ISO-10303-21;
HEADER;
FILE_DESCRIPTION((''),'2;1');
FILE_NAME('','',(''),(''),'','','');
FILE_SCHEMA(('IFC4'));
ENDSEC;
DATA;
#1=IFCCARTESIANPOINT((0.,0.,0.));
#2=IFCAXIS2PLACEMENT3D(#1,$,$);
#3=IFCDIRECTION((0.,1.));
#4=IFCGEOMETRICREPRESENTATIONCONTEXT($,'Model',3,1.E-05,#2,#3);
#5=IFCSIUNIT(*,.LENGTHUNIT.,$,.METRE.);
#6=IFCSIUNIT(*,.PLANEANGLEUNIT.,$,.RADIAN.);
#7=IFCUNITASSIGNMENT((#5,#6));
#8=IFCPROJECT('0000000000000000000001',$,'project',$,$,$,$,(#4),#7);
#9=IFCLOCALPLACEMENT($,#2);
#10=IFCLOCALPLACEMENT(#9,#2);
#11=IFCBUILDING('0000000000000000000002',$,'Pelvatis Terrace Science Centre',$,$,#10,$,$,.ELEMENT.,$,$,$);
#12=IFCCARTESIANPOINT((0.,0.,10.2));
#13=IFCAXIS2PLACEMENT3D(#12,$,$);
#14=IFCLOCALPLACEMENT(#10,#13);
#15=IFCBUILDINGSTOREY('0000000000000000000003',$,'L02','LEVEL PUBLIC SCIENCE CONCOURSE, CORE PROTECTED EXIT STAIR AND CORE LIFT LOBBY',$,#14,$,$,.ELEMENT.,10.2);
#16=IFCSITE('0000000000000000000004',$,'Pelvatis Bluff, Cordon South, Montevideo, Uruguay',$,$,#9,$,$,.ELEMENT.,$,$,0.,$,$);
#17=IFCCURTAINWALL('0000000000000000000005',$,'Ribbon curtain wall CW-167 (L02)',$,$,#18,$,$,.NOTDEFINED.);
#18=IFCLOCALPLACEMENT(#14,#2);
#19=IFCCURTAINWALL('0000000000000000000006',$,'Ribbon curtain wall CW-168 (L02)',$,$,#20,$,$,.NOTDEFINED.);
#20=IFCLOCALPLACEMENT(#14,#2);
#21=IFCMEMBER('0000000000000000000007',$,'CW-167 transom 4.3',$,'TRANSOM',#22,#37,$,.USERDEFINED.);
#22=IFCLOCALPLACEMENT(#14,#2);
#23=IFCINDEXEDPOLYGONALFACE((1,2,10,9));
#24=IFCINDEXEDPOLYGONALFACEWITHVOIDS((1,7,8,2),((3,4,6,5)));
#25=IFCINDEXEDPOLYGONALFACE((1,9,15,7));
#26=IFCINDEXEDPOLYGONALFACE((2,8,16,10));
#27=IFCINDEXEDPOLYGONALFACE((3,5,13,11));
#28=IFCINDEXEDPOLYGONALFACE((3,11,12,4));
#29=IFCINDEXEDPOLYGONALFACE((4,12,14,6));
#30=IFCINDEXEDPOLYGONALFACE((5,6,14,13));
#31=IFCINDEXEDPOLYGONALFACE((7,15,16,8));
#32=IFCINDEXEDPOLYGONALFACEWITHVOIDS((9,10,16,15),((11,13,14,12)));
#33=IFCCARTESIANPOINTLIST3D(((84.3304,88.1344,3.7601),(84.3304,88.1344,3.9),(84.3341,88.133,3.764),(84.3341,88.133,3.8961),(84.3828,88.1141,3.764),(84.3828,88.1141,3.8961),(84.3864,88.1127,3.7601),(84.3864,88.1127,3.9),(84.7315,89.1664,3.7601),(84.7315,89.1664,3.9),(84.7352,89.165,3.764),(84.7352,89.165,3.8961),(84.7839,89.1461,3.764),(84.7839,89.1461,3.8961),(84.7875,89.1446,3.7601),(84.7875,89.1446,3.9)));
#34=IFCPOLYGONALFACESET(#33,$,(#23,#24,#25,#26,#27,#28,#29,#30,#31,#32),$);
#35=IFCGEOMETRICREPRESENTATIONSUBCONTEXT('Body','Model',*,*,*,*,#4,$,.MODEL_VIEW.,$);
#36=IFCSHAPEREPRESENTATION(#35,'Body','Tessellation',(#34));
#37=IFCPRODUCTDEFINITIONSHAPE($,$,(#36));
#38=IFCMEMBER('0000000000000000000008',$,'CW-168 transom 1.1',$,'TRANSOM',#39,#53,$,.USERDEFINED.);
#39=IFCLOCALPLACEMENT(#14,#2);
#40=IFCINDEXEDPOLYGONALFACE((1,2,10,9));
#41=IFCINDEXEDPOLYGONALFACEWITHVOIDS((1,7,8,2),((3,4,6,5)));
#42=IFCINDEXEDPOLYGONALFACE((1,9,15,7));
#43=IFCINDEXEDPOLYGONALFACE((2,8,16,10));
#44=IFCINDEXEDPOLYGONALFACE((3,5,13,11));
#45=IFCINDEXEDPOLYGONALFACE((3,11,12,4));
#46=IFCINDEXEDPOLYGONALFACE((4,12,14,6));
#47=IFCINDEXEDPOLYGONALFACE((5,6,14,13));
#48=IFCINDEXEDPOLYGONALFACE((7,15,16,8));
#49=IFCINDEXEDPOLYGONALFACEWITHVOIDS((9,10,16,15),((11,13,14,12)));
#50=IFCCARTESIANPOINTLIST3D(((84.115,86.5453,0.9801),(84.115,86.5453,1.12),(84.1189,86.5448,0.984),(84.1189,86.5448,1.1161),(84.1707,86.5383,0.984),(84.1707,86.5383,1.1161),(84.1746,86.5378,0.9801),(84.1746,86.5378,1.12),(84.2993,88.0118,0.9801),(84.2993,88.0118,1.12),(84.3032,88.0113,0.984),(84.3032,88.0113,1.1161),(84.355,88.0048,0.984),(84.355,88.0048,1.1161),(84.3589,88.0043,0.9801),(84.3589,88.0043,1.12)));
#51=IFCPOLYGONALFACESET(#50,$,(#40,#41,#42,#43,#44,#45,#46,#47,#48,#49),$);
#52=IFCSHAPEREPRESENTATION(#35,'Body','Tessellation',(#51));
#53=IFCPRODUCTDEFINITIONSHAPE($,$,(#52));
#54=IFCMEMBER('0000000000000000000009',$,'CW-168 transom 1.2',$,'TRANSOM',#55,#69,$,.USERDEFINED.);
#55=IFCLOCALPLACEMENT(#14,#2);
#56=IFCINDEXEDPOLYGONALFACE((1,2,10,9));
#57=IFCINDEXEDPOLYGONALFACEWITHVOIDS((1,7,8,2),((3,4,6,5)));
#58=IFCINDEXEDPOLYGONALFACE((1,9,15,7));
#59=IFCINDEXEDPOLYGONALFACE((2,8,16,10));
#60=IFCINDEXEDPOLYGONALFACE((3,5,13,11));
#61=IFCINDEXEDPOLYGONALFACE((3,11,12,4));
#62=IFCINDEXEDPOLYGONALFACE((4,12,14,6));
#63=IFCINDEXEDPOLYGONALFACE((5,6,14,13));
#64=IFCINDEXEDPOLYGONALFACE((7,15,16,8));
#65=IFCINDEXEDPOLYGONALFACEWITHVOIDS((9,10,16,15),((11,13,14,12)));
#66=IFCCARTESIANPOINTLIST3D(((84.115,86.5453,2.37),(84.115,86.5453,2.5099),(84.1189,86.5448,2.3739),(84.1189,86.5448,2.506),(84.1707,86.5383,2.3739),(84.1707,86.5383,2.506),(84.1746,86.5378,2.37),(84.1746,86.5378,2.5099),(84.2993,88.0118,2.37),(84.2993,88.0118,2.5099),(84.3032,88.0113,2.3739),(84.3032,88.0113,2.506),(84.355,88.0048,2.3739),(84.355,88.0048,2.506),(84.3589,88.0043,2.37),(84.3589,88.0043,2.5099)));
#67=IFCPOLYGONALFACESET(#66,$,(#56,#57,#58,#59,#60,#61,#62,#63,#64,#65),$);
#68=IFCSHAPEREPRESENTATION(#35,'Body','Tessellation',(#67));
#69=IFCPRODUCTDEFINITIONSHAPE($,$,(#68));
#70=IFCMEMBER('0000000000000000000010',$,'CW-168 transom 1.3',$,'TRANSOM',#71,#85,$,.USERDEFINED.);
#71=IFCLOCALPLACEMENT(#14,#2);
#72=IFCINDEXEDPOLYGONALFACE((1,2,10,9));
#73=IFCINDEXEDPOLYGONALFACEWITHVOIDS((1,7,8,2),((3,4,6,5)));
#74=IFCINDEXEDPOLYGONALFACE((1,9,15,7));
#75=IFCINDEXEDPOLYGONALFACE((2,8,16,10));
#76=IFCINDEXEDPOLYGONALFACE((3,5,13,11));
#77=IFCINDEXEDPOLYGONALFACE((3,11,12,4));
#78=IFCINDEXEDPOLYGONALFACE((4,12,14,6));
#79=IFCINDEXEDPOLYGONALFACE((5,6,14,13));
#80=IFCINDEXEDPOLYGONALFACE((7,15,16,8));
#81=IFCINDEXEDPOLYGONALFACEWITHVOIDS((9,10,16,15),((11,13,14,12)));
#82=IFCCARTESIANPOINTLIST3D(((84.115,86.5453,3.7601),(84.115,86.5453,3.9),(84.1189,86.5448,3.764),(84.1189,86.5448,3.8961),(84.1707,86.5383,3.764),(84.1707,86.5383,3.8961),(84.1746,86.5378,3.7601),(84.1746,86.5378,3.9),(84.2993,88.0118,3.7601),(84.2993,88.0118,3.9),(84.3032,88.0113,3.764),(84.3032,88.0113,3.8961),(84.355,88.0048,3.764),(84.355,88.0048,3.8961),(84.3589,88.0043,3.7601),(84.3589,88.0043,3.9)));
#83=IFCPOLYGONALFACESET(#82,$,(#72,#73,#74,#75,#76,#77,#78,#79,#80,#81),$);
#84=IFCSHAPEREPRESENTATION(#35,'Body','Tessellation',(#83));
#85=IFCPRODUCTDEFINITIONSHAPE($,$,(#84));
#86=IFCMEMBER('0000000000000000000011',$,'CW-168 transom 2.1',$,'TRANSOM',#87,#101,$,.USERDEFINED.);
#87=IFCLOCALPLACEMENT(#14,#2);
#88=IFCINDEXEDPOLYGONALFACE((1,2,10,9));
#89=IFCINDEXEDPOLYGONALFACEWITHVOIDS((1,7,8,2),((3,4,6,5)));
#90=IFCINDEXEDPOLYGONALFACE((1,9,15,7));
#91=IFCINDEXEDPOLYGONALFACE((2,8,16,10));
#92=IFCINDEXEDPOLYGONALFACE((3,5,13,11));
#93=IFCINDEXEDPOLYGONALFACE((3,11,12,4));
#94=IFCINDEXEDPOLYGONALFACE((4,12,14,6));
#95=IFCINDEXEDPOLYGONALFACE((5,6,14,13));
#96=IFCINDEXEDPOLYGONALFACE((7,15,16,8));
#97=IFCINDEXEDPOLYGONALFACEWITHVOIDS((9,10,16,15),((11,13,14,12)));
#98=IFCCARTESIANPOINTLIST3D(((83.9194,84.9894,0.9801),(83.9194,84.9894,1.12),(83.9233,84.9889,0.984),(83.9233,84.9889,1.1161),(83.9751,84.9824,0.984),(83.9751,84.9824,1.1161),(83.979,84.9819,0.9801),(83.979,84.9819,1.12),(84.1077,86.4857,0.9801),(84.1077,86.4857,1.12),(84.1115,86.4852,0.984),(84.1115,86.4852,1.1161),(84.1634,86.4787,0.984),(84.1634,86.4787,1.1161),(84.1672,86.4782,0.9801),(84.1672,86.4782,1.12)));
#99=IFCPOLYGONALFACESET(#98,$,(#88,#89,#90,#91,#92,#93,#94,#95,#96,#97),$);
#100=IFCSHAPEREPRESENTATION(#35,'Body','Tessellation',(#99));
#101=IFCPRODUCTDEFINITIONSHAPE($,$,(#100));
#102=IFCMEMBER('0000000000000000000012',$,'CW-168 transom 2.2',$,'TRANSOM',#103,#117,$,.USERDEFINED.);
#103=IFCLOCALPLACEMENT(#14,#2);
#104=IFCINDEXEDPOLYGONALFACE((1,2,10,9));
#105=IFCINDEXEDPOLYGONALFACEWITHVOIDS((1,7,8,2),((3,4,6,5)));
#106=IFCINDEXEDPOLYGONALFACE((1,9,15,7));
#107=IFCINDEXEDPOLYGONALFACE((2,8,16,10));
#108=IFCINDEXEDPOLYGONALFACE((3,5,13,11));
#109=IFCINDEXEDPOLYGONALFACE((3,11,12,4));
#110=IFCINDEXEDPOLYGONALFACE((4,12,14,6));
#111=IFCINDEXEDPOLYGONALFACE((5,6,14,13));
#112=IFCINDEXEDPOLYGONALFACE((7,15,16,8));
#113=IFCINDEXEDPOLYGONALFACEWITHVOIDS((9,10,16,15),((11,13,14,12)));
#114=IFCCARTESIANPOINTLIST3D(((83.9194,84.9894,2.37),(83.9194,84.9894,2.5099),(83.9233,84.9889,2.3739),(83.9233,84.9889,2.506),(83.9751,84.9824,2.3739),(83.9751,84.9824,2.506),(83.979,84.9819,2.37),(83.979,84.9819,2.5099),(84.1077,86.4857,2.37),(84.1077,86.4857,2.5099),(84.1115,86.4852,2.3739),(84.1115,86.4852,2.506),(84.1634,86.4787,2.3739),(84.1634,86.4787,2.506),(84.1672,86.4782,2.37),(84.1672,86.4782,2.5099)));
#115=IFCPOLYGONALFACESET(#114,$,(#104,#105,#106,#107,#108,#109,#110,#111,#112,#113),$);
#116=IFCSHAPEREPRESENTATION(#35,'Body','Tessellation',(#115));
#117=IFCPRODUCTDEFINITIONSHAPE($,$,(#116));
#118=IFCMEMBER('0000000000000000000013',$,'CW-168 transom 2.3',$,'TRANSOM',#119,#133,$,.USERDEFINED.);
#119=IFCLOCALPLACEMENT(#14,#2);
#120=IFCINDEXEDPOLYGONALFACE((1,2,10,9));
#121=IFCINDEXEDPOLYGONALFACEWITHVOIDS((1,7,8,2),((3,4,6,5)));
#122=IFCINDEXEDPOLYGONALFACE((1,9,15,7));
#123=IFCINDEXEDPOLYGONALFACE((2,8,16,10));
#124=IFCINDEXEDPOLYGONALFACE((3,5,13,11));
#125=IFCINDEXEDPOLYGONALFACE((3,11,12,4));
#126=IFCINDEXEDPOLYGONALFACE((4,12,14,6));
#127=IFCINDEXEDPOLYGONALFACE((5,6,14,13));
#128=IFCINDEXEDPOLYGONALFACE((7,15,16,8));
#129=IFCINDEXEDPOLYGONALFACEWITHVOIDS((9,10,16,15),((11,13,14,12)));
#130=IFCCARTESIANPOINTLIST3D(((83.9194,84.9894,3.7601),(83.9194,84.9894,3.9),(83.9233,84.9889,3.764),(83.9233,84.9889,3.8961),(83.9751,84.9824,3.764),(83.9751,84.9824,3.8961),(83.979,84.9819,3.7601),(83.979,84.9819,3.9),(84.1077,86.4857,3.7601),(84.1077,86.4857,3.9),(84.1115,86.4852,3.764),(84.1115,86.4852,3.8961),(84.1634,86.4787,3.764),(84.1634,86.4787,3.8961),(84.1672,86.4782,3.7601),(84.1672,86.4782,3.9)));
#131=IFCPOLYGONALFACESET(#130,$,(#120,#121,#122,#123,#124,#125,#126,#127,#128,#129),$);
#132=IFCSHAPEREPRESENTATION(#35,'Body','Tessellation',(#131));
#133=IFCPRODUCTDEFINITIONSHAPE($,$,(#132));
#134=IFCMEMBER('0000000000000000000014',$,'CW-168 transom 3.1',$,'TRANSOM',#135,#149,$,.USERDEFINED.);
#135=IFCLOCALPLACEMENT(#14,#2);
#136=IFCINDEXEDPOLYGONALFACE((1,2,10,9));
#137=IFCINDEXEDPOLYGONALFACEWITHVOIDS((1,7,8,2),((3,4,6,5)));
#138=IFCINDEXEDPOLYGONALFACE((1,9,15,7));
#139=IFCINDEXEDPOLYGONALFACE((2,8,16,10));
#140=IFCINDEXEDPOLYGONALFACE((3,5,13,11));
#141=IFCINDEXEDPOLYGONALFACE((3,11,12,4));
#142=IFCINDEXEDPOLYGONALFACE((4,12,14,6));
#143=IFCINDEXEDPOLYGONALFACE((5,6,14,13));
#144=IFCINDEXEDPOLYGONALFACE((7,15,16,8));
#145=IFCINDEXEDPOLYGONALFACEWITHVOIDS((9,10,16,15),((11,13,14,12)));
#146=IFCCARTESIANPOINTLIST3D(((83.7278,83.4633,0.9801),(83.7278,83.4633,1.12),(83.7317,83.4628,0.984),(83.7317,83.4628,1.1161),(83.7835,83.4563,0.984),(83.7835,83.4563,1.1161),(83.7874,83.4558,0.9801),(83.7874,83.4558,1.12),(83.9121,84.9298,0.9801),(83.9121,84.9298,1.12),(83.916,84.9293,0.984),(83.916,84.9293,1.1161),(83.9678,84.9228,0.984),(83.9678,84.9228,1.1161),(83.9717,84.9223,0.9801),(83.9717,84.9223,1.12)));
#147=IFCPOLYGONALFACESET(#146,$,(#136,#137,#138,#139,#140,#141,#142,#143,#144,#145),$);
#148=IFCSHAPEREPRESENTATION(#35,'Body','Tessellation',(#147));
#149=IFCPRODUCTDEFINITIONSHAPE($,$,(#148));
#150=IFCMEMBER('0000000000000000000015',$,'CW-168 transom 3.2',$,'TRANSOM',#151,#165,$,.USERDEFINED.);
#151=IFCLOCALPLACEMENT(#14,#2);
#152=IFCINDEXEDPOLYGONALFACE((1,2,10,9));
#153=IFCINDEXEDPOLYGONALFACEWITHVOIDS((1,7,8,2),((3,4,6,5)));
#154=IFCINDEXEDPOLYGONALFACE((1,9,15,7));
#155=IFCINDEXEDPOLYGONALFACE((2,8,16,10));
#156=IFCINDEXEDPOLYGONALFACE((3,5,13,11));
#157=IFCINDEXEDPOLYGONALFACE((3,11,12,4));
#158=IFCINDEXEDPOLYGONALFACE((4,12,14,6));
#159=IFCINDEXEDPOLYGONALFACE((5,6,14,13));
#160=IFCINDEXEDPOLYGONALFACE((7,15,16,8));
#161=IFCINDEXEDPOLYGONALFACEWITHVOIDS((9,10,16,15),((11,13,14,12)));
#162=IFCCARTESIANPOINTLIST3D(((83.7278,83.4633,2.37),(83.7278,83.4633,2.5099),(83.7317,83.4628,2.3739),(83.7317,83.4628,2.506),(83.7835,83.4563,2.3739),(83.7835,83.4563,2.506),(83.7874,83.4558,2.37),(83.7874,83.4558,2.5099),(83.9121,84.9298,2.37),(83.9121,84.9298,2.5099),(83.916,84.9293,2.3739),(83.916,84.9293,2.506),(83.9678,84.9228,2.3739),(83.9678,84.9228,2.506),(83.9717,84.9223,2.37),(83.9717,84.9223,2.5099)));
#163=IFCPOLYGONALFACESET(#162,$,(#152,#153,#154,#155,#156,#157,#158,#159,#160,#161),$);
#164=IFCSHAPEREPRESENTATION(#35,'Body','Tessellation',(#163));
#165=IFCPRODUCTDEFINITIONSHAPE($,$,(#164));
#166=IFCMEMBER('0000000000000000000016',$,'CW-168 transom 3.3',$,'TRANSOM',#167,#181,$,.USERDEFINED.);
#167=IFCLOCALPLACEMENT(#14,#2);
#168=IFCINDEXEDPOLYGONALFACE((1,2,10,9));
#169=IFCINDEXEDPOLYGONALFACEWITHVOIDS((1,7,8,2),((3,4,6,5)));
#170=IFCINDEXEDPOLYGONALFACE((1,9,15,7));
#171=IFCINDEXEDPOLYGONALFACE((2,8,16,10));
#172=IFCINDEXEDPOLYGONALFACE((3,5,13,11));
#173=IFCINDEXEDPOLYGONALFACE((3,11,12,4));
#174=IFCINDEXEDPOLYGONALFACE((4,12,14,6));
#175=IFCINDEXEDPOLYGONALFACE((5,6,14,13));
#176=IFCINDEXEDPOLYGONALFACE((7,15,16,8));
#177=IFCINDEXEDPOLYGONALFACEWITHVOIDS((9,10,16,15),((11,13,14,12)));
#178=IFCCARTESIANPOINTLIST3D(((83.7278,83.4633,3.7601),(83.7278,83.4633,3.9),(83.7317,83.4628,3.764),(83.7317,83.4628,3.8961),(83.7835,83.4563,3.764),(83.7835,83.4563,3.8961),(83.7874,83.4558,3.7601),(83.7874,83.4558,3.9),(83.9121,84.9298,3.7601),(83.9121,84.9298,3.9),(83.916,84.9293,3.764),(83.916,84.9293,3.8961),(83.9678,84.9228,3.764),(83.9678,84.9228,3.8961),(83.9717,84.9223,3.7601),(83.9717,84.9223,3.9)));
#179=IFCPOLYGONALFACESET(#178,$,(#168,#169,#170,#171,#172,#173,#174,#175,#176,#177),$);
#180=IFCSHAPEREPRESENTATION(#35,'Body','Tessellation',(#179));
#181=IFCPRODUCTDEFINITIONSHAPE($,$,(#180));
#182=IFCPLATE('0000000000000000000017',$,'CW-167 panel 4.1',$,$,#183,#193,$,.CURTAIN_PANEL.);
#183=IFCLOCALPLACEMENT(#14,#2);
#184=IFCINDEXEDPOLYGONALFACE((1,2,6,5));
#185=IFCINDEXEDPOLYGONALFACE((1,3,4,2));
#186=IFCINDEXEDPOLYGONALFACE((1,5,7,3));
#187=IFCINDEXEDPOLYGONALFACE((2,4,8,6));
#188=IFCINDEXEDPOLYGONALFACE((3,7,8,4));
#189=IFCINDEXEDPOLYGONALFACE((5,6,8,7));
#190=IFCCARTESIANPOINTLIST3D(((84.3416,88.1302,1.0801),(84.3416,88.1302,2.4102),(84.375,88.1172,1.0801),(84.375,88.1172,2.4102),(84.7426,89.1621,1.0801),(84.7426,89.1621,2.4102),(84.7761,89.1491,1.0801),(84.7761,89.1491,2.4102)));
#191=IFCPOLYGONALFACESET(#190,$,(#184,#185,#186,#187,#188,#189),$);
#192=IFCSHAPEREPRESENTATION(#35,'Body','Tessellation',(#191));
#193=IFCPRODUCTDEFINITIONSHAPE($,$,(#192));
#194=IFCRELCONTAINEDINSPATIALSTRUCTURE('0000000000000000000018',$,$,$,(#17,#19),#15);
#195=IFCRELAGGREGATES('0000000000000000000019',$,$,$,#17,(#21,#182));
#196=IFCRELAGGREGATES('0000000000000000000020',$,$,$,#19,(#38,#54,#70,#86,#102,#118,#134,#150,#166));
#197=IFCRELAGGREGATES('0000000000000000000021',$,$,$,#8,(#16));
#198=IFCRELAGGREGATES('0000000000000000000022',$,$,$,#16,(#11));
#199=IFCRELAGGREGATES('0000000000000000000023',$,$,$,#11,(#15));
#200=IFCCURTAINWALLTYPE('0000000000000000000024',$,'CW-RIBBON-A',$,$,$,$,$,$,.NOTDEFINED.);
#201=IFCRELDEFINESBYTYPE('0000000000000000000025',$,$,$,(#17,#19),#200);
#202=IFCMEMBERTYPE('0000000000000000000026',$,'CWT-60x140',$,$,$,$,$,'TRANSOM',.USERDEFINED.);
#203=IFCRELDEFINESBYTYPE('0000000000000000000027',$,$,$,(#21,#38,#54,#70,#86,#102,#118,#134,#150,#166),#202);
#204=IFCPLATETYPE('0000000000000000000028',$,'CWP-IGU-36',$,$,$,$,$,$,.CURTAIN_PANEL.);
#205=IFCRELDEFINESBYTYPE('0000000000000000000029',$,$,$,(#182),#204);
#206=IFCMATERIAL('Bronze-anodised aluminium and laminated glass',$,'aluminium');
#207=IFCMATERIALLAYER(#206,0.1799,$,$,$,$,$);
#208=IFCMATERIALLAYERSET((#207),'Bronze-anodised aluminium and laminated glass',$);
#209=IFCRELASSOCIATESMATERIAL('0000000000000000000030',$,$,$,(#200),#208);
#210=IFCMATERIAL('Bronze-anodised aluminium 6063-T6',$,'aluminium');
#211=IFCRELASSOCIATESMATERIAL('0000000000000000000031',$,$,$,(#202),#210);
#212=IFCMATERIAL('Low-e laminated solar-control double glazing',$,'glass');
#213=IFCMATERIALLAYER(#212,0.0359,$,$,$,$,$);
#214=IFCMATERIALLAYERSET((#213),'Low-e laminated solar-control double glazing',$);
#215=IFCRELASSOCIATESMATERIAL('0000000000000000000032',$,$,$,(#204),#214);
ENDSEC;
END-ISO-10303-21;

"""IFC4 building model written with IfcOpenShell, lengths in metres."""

from ifc_helpers import new_model, si_unit, direction, frame, origin, origin_2d, place, context, subcontext, project, spatial, rectangle, hollow_rectangle, extrude, material, layer, layer_set, material_profile, profile_set, type_object, element, aggregate, save


model = new_model("IFC4")

# Units and contexts
model_context = context("Model", 3, precision=1e-05, world=origin(), true_north=direction((0.0, 1.0)))
body_context = subcontext(model_context, "Body", "Model", "MODEL_VIEW")
ifc_project = project(units=[si_unit("LENGTHUNIT", "METRE"), si_unit("PLANEANGLEUNIT", "RADIAN")], contexts=[model_context])

# Site, building, storey
site_placement = place(None, origin())
site = spatial("IfcSite", under=ifc_project, at=site_placement, Name="Pelvatis Bluff, Cordon South, Montevideo, Uruguay", CompositionType="ELEMENT", RefElevation=0.0)
building_placement = place(site_placement, origin())
building = spatial("IfcBuilding", under=site, at=building_placement, Name="Pelvatis Terrace Science Centre", CompositionType="ELEMENT")
storey_placement = place(building_placement, frame((0.0, 0.0, 10.2)))
storey = spatial("IfcBuildingStorey", under=building, at=storey_placement, Name="L02", Description="LEVEL PUBLIC SCIENCE CONCOURSE, CORE PROTECTED EXIT STAIR AND CORE LIFT LOBBY", CompositionType="ELEMENT", Elevation=10.2)

# Curtain walls
ifc_material_1 = material(Name="Bronze-anodised aluminium and laminated glass", Category="aluminium")
ifc_layer_1 = layer(ifc_material_1, 0.1799)
ifc_layer_set_1 = layer_set([ifc_layer_1], Name="Bronze-anodised aluminium and laminated glass")
curtain_wall_type = type_object("IfcCurtainWallType", Name="CW-RIBBON-A", PredefinedType="NOTDEFINED", material=ifc_layer_set_1)
curtain_wall_1_placement = place(storey_placement, origin())
curtain_wall_1 = element("IfcCurtainWall", 1, at=curtain_wall_1_placement, inside=storey, type_object=curtain_wall_type, Name="Ribbon curtain wall CW-167 (L02)", PredefinedType="NOTDEFINED")
curtain_wall_2_placement = place(storey_placement, origin())
curtain_wall_2 = element("IfcCurtainWall", 2, at=curtain_wall_2_placement, inside=storey, type_object=curtain_wall_type, Name="Ribbon curtain wall CW-168 (L02)", PredefinedType="NOTDEFINED")

# Members
ifc_material_2 = material(Name="Bronze-anodised aluminium 6063-T6", Category="aluminium")
ifc_material_profile_1 = material_profile(ifc_material_2, hollow_rectangle(XDim=0.0601, YDim=0.1399, WallThickness=0.0039, at=origin_2d()), Name="ALU-TRN 60x140")
ifc_profile_set_1 = profile_set([ifc_material_profile_1], Name="Bronze-anodised aluminium 6063-T6")
member_type_1 = type_object("IfcMemberType", Name="CWT-60x140", ElementType="TRANSOM", PredefinedType="USERDEFINED", material=ifc_profile_set_1)
member_1_placement = place(storey_placement, frame((84.7595, 89.1555, 3.8301), z_axis=(-0.362287, -0.932067, 0.0), x_axis=(0.932067, -0.362287, 0.0)))
member_1 = element("IfcMember", 3, at=member_1_placement, type_object=member_type_1, Name="CW-167 transom 4.3", ObjectType="TRANSOM", PredefinedType="USERDEFINED", context=body_context, shape_type="SweptSolid", body=[
    extrude(hollow_rectangle(XDim=0.0601, YDim=0.1399, WallThickness=0.0039, at=origin_2d()), origin(), (0.0, 0.0, 1.0), 1.1072),
])
member_2_placement = place(storey_placement, frame((84.3291, 88.0081, 1.05), z_axis=(-0.124706, -0.992194, 0.0), x_axis=(0.992194, -0.124706, 0.0)))
member_2 = element("IfcMember", 4, at=member_2_placement, type_object=member_type_1, Name="CW-168 transom 1.1", ObjectType="TRANSOM", PredefinedType="USERDEFINED", context=body_context, shape_type="SweptSolid", body=[
    extrude(hollow_rectangle(XDim=0.0601, YDim=0.1399, WallThickness=0.0039, at=origin_2d()), origin(), (0.0, 0.0, 1.0), 1.478),
])
member_3_placement = place(storey_placement, frame((84.3291, 88.0081, 2.4399), z_axis=(-0.124706, -0.992194, 0.0), x_axis=(0.992194, -0.124706, 0.0)))
member_3 = element("IfcMember", 5, at=member_3_placement, type_object=member_type_1, Name="CW-168 transom 1.2", ObjectType="TRANSOM", PredefinedType="USERDEFINED", context=body_context, shape_type="SweptSolid", body=[
    extrude(hollow_rectangle(XDim=0.0601, YDim=0.1399, WallThickness=0.0039, at=origin_2d()), origin(), (0.0, 0.0, 1.0), 1.478),
])
member_4_placement = place(storey_placement, frame((84.3291, 88.0081, 3.8301), z_axis=(-0.124706, -0.992194, 0.0), x_axis=(0.992194, -0.124706, 0.0)))
member_4 = element("IfcMember", 6, at=member_4_placement, type_object=member_type_1, Name="CW-168 transom 1.3", ObjectType="TRANSOM", PredefinedType="USERDEFINED", context=body_context, shape_type="SweptSolid", body=[
    extrude(hollow_rectangle(XDim=0.0601, YDim=0.1399, WallThickness=0.0039, at=origin_2d()), origin(), (0.0, 0.0, 1.0), 1.478),
])
member_5_placement = place(storey_placement, frame((84.1375, 86.4819, 1.05), z_axis=(-0.124812, -0.99218, 0.0), x_axis=(0.99218, -0.124812, 0.0)))
member_5 = element("IfcMember", 7, at=member_5_placement, type_object=member_type_1, Name="CW-168 transom 2.1", ObjectType="TRANSOM", PredefinedType="USERDEFINED", context=body_context, shape_type="SweptSolid", body=[
    extrude(hollow_rectangle(XDim=0.0601, YDim=0.1399, WallThickness=0.0039, at=origin_2d()), origin(), (0.0, 0.0, 1.0), 1.5081),
])
member_6_placement = place(storey_placement, frame((84.1375, 86.4819, 2.4399), z_axis=(-0.124812, -0.99218, 0.0), x_axis=(0.99218, -0.124812, 0.0)))
member_6 = element("IfcMember", 8, at=member_6_placement, type_object=member_type_1, Name="CW-168 transom 2.2", ObjectType="TRANSOM", PredefinedType="USERDEFINED", context=body_context, shape_type="SweptSolid", body=[
    extrude(hollow_rectangle(XDim=0.0601, YDim=0.1399, WallThickness=0.0039, at=origin_2d()), origin(), (0.0, 0.0, 1.0), 1.5081),
])
member_7_placement = place(storey_placement, frame((84.1375, 86.4819, 3.8301), z_axis=(-0.124812, -0.99218, 0.0), x_axis=(0.99218, -0.124812, 0.0)))
member_7 = element("IfcMember", 9, at=member_7_placement, type_object=member_type_1, Name="CW-168 transom 2.3", ObjectType="TRANSOM", PredefinedType="USERDEFINED", context=body_context, shape_type="SweptSolid", body=[
    extrude(hollow_rectangle(XDim=0.0601, YDim=0.1399, WallThickness=0.0039, at=origin_2d()), origin(), (0.0, 0.0, 1.0), 1.5081),
])
member_8_placement = place(storey_placement, frame((83.9419, 84.926, 1.05), z_axis=(-0.124706, -0.992194, 0.0), x_axis=(0.992194, -0.124706, 0.0)))
member_8 = element("IfcMember", 10, at=member_8_placement, type_object=member_type_1, Name="CW-168 transom 3.1", ObjectType="TRANSOM", PredefinedType="USERDEFINED", context=body_context, shape_type="SweptSolid", body=[
    extrude(hollow_rectangle(XDim=0.0601, YDim=0.1399, WallThickness=0.0039, at=origin_2d()), origin(), (0.0, 0.0, 1.0), 1.478),
])
member_9_placement = place(storey_placement, frame((83.9419, 84.926, 2.4399), z_axis=(-0.124706, -0.992194, 0.0), x_axis=(0.992194, -0.124706, 0.0)))
member_9 = element("IfcMember", 11, at=member_9_placement, type_object=member_type_1, Name="CW-168 transom 3.2", ObjectType="TRANSOM", PredefinedType="USERDEFINED", context=body_context, shape_type="SweptSolid", body=[
    extrude(hollow_rectangle(XDim=0.0601, YDim=0.1399, WallThickness=0.0039, at=origin_2d()), origin(), (0.0, 0.0, 1.0), 1.478),
])
member_10_placement = place(storey_placement, frame((83.9419, 84.926, 3.8301), z_axis=(-0.124706, -0.992194, 0.0), x_axis=(0.992194, -0.124706, 0.0)))
member_10 = element("IfcMember", 12, at=member_10_placement, type_object=member_type_1, Name="CW-168 transom 3.3", ObjectType="TRANSOM", PredefinedType="USERDEFINED", context=body_context, shape_type="SweptSolid", body=[
    extrude(hollow_rectangle(XDim=0.0601, YDim=0.1399, WallThickness=0.0039, at=origin_2d()), origin(), (0.0, 0.0, 1.0), 1.478),
])

# Plate
ifc_material_3 = material(Name="Low-e laminated solar-control double glazing", Category="glass")
ifc_layer_2 = layer(ifc_material_3, 0.0359)
ifc_layer_set_2 = layer_set([ifc_layer_2], Name="Low-e laminated solar-control double glazing")
plate_type = type_object("IfcPlateType", Name="CWP-IGU-36", PredefinedType="CURTAIN_PANEL", material=ifc_layer_set_2)
plate_1_placement = place(storey_placement, frame((84.5588, 88.6396, 1.0801), z_axis=(0.0, 0.0, 1.0), x_axis=(-0.362221, -0.932092, 0.0)))
plate_1 = element("IfcPlate", 13, at=plate_1_placement, type_object=plate_type, Name="CW-167 panel 4.1", PredefinedType="CURTAIN_PANEL", context=body_context, shape_type="SweptSolid", body=[
    extrude(rectangle(XDim=1.1072, YDim=0.0359, at=origin_2d()), origin(), (0.0, 0.0, 1.0), 1.3301),
])
aggregate(curtain_wall_1, [member_1, plate_1])
aggregate(curtain_wall_2, [member_2, member_3, member_4, member_5, member_6, member_7, member_8, member_9, member_10])

save(model, "model.ifc")
